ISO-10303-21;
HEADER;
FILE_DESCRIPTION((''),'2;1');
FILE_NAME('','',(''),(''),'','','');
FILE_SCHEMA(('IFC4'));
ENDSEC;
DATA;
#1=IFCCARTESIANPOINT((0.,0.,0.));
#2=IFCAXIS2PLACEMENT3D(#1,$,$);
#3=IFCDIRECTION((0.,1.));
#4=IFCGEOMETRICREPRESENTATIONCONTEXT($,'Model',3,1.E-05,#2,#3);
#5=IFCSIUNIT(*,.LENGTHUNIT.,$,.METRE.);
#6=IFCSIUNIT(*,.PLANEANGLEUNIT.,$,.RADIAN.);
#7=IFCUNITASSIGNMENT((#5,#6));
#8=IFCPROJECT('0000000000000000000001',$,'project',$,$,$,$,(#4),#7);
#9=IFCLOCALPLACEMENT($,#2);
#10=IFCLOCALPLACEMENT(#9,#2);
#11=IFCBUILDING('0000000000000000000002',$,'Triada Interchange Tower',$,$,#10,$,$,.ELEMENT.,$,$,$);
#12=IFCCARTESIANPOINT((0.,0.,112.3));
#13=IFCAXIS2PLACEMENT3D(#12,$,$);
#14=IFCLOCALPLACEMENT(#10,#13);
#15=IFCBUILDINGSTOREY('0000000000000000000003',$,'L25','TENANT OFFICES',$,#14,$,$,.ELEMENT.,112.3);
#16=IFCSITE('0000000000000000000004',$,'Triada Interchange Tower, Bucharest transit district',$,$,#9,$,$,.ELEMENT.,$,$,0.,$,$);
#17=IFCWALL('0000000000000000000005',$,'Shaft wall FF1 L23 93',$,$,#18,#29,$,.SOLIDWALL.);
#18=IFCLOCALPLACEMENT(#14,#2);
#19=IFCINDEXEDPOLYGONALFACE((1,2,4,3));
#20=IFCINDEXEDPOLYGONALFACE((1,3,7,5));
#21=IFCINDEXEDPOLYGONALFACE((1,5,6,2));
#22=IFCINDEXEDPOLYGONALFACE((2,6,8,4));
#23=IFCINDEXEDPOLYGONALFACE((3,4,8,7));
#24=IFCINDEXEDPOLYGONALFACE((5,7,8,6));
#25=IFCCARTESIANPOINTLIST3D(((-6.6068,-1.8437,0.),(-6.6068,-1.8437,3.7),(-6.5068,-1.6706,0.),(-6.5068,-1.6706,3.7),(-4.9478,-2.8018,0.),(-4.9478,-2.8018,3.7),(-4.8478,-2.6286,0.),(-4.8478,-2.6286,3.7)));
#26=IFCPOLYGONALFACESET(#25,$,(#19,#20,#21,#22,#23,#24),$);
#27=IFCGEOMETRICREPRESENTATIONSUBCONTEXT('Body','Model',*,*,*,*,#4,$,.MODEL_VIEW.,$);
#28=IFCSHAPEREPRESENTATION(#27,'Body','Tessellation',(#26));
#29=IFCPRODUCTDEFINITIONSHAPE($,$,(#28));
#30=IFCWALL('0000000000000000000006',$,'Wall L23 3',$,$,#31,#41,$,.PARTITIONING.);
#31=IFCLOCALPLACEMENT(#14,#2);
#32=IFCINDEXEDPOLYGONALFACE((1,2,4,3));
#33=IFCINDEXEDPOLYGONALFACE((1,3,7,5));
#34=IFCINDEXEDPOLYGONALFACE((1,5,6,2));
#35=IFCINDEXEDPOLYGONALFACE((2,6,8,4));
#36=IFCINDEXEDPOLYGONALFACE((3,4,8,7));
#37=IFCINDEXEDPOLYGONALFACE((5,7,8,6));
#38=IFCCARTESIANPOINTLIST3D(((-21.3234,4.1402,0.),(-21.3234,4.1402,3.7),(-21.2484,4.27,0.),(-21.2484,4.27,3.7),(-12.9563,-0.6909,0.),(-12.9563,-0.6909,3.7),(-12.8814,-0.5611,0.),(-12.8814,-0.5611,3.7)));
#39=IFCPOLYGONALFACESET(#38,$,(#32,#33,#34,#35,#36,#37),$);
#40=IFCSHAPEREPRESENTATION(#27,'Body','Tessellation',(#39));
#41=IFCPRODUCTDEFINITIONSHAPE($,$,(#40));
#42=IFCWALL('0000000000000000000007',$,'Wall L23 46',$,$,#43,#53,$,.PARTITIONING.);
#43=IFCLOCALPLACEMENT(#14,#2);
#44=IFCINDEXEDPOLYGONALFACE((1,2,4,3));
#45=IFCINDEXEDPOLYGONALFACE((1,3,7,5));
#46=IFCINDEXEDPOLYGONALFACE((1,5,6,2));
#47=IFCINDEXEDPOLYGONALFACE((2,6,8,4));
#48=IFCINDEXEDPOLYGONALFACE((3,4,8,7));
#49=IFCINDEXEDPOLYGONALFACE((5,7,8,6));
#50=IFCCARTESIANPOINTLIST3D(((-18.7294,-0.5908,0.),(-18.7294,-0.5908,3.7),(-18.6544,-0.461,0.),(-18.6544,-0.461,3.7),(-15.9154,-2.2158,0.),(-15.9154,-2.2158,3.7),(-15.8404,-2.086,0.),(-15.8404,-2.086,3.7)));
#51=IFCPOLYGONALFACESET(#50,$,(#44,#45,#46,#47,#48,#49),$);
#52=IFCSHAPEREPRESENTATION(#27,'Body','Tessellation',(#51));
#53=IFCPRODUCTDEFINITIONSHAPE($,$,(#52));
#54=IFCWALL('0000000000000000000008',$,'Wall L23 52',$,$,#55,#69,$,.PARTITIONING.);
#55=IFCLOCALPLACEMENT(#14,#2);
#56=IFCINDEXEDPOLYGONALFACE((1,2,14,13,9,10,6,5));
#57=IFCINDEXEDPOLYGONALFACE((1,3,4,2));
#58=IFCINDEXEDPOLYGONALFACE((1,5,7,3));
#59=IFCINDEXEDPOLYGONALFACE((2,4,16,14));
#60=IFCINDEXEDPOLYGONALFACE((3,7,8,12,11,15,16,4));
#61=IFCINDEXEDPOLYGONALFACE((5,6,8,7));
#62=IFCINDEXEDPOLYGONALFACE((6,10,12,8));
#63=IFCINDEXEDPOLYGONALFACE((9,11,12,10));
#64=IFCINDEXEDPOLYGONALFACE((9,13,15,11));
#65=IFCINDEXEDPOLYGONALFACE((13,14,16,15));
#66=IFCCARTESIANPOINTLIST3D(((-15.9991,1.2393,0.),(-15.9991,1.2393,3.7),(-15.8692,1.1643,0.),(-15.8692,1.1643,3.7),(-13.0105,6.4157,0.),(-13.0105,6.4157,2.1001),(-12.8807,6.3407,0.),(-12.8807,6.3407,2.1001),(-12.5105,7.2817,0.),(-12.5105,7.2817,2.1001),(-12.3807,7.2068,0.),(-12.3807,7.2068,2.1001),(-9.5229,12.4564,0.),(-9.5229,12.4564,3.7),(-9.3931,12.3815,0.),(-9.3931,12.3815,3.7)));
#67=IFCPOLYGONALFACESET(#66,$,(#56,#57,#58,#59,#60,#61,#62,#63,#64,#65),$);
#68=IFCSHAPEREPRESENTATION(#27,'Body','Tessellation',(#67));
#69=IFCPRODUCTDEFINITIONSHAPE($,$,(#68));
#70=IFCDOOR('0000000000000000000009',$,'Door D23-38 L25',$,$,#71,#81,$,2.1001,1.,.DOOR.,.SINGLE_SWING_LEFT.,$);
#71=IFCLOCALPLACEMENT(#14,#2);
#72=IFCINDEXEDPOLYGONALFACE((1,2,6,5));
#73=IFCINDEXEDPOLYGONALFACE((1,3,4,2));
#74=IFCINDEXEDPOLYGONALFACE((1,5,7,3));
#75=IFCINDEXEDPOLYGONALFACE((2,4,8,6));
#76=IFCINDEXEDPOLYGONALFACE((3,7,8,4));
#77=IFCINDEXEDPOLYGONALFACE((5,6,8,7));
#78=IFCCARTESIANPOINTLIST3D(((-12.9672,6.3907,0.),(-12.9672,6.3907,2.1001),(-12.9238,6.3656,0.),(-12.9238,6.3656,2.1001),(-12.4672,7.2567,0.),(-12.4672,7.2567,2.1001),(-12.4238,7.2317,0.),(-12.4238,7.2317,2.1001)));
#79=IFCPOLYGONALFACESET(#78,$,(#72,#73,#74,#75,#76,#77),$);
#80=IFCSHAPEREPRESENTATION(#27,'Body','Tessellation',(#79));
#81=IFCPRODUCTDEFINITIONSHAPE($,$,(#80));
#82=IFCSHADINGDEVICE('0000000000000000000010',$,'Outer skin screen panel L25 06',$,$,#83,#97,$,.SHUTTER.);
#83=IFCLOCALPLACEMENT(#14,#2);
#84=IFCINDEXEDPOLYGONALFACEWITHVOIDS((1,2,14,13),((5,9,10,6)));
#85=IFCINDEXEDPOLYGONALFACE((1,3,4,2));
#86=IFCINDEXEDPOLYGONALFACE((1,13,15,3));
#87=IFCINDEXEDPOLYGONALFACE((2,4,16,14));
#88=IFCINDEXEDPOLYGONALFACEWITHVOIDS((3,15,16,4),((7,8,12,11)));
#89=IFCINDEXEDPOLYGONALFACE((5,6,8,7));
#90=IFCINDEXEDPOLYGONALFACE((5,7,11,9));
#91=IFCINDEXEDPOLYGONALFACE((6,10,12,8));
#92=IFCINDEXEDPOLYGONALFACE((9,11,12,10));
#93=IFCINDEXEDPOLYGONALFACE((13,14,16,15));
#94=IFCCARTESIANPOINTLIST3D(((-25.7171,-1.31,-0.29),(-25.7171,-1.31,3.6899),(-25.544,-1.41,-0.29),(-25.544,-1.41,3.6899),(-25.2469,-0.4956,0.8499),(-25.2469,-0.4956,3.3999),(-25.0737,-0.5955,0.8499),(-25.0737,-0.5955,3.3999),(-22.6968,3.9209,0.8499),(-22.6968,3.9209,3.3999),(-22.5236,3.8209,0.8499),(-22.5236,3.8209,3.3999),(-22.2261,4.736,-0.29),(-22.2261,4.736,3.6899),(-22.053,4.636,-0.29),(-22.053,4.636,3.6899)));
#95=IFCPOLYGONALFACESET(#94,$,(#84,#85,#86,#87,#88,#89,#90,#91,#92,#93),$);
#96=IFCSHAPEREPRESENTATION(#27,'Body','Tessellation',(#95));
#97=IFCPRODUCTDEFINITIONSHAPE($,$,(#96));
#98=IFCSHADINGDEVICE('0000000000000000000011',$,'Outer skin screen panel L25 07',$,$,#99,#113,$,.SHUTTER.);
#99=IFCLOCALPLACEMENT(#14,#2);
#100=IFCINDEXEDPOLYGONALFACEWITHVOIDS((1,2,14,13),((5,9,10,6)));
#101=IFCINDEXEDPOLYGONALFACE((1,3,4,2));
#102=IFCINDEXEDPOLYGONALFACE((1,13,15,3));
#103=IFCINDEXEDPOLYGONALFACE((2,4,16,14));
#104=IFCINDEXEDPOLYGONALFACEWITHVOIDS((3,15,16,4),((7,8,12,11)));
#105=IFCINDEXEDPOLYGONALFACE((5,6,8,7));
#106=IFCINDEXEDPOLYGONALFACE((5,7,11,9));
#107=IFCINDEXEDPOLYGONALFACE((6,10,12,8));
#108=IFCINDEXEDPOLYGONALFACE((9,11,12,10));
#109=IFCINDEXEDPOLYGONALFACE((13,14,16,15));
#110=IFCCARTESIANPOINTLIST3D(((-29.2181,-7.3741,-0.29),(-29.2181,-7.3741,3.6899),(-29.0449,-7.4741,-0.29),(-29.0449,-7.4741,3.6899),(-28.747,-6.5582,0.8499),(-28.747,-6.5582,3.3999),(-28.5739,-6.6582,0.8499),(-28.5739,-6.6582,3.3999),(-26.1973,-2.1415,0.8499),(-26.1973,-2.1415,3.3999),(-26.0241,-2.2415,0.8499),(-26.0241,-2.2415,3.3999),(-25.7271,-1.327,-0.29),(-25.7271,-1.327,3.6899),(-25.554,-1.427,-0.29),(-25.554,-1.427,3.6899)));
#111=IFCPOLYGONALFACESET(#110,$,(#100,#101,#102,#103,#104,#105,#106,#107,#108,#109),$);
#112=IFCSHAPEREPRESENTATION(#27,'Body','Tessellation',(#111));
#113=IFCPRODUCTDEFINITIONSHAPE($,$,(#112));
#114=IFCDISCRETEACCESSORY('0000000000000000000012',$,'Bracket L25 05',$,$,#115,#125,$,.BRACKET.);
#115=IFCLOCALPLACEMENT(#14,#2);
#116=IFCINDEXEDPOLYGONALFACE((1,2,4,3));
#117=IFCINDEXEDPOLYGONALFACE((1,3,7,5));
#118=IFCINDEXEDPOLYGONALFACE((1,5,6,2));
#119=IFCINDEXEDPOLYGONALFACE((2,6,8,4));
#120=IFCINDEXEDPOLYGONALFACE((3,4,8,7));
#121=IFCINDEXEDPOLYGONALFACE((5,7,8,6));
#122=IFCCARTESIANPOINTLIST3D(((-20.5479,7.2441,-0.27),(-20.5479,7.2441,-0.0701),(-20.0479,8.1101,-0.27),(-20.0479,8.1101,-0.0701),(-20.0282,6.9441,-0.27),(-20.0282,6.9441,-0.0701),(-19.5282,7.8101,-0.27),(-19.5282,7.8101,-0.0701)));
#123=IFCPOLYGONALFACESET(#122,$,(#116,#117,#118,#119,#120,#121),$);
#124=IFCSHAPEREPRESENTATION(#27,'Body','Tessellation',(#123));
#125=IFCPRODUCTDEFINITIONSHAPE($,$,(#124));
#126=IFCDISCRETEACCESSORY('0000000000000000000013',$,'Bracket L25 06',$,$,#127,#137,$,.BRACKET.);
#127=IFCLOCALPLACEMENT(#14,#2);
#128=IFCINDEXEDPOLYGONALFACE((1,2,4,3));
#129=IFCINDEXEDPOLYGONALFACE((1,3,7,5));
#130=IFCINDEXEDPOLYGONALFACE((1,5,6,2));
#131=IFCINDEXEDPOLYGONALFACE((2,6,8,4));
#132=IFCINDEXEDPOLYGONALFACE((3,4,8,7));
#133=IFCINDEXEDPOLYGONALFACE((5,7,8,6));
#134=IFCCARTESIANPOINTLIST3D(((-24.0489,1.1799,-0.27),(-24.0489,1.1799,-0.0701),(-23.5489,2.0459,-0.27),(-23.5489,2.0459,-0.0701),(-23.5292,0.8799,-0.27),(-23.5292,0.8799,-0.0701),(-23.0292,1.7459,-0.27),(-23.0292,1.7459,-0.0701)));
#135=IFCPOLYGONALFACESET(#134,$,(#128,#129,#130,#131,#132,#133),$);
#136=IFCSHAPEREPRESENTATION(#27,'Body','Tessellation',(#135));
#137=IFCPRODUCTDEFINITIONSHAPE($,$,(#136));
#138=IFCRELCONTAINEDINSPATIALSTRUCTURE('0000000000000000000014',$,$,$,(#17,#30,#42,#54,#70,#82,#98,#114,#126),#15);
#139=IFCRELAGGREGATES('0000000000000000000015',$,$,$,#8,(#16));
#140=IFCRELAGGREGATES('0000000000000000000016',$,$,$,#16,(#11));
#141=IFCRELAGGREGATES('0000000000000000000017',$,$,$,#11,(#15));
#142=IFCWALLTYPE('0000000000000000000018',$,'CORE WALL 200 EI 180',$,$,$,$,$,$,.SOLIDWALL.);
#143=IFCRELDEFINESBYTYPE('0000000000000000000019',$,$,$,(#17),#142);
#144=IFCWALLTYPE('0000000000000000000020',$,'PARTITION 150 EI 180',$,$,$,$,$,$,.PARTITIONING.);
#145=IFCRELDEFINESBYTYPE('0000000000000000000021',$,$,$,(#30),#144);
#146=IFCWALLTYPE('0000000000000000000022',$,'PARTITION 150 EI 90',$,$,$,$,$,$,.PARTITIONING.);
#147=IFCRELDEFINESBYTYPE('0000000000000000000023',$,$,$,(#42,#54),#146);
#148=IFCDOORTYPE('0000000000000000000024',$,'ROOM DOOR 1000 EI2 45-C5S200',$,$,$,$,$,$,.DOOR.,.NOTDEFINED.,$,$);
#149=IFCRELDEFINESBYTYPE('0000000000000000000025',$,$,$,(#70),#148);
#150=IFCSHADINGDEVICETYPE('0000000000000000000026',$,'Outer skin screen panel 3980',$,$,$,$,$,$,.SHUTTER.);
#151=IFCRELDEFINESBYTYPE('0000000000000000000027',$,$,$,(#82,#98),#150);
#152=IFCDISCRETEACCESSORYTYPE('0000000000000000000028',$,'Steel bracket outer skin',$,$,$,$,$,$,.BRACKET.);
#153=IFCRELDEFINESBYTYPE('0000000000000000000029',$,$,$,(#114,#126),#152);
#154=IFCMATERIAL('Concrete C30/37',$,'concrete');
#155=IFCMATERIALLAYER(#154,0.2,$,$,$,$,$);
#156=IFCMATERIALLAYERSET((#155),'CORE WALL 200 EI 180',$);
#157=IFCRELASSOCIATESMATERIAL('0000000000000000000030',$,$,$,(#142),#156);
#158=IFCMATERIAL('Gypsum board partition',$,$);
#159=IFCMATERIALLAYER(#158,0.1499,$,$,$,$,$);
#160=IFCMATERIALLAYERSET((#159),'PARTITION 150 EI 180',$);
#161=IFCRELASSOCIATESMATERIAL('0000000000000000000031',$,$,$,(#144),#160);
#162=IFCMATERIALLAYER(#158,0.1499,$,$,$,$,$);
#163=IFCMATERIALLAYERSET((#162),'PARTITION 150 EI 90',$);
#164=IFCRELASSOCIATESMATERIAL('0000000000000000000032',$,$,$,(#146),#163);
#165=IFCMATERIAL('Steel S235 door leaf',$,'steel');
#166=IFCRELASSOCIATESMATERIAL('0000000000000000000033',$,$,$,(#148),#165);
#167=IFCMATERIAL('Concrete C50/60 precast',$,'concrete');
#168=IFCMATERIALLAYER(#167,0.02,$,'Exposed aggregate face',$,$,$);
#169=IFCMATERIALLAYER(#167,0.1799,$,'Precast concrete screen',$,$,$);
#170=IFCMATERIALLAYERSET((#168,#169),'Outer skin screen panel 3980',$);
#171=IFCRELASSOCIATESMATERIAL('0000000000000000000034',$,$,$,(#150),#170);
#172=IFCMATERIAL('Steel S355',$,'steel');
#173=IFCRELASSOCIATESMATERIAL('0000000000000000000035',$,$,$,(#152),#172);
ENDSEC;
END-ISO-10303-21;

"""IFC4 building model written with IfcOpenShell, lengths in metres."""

from ifc_helpers import new_model, si_unit, direction, frame, frame_2d, origin, origin_2d, place, context, subcontext, project, spatial, polyline, rectangle, outline, extrude, material, layer, layer_set, type_object, element, fill, save


model = new_model("IFC4")

# Units and contexts
model_context = context("Model", 3, precision=1e-05, world=origin(), true_north=direction((0.0, 1.0)))
body_context = subcontext(model_context, "Body", "Model", "MODEL_VIEW")
ifc_project = project(units=[si_unit("LENGTHUNIT", "METRE"), si_unit("PLANEANGLEUNIT", "RADIAN")], contexts=[model_context])

# Site, building, storey
site_placement = place(None, origin())
site = spatial("IfcSite", under=ifc_project, at=site_placement, Name="Triada Interchange Tower, Bucharest transit district", CompositionType="ELEMENT", RefElevation=0.0)
building_placement = place(site_placement, origin())
building = spatial("IfcBuilding", under=site, at=building_placement, Name="Triada Interchange Tower", CompositionType="ELEMENT")
storey_placement = place(building_placement, frame((0.0, 0.0, 112.3)))
storey = spatial("IfcBuildingStorey", under=building, at=storey_placement, Name="L25", Description="TENANT OFFICES", CompositionType="ELEMENT", Elevation=112.3)

# Shared definitions
ifc_material_1 = material(Name="Concrete C30/37", Category="concrete")

# Shared definitions
ifc_layer_1 = layer(ifc_material_1, 0.2)
ifc_layer_set_1 = layer_set([ifc_layer_1], Name="CORE WALL 200 EI 180")
wall_type_1 = type_object("IfcWallType", Name="CORE WALL 200 EI 180", PredefinedType="SOLIDWALL", material=ifc_layer_set_1)
ifc_material_2 = material(Name="Steel S235 door leaf", Category="steel")

# Walls
wall_1_placement = place(storey_placement, frame((-6.5569, -1.7571, 0.0), z_axis=(0.0, 0.0, 1.0), x_axis=(0.865975, -0.500086, 0.0)))
element("IfcWall", 1, at=wall_1_placement, inside=storey, type_object=wall_type_1, Name="Shaft wall FF1 L23 93", PredefinedType="SOLIDWALL", context=body_context, shape_type="SweptSolid", body=[
    extrude(rectangle(XDim=1.9158, YDim=0.2, at=frame_2d((0.958, 0.0))), origin(), (0.0, 0.0, 1.0), 3.7),
])
ifc_material_3 = material(Name="Gypsum board partition")
ifc_layer_2 = layer(ifc_material_3, 0.1499)
ifc_layer_set_2 = layer_set([ifc_layer_2], Name="PARTITION 150 EI 180")
wall_type_2 = type_object("IfcWallType", Name="PARTITION 150 EI 180", PredefinedType="PARTITIONING", material=ifc_layer_set_2)
wall_2_placement = place(storey_placement, frame((-21.2859, 4.2051, 0.0), z_axis=(0.0, 0.0, 1.0), x_axis=(0.866008, -0.500031, 0.0)))
element("IfcWall", 2, at=wall_2_placement, inside=storey, type_object=wall_type_2, Name="Wall L23 3", PredefinedType="PARTITIONING", context=body_context, shape_type="SweptSolid", body=[
    extrude(rectangle(XDim=9.6616, YDim=0.1499, at=frame_2d((4.8308, 0.0))), origin(), (0.0, 0.0, 1.0), 3.7),
])
ifc_layer_3 = layer(ifc_material_3, 0.1499)
ifc_layer_set_3 = layer_set([ifc_layer_3], Name="PARTITION 150 EI 90")
wall_type_3 = type_object("IfcWallType", Name="PARTITION 150 EI 90", PredefinedType="PARTITIONING", material=ifc_layer_set_3)
wall_3_placement = place(storey_placement, frame((-18.6919, -0.5259, 0.0), z_axis=(0.0, 0.0, 1.0), x_axis=(0.865978, -0.500082, 0.0)))
element("IfcWall", 3, at=wall_3_placement, inside=storey, type_object=wall_type_3, Name="Wall L23 46", PredefinedType="PARTITIONING", context=body_context, shape_type="SweptSolid", body=[
    extrude(rectangle(XDim=3.2495, YDim=0.1499, at=frame_2d((1.6248, 0.0))), origin(), (0.0, 0.0, 1.0), 3.7),
])

# Wall, opening, door
wall_4_placement = place(storey_placement, frame((-15.9341, 1.2019, 0.0), z_axis=(0.0, 0.0, 1.0), x_axis=(0.499995, 0.866028, 0.0)))
wall_4 = element("IfcWall", 4, at=wall_4_placement, inside=storey, type_object=wall_type_3, Name="Wall L23 52", PredefinedType="PARTITIONING", context=body_context, shape_type="SweptSolid", body=[
    extrude(rectangle(XDim=12.9524, YDim=0.1499, at=frame_2d((6.4761, 0.0))), origin(), (0.0, 0.0, 1.0), 3.7),
])
opening_1_placement = place(wall_4_placement, frame((5.9771, 0.0, 0.0)))
opening_1 = element("IfcOpeningElement", 5, at=opening_1_placement, cuts=wall_4, PredefinedType="OPENING", context=body_context, shape_type="SweptSolid", body=[
    extrude(rectangle(XDim=1.0, YDim=2.1001, at=frame_2d((0.5, 1.05))), frame((0.0, 0.085, 0.0), z_axis=(0.0, -1.0, 0.0), x_axis=(1.0, 0.0, 0.0)), (0.0, 0.0, 1.0), 0.1699),
])
door_type_1 = type_object("IfcDoorType", Name="ROOM DOOR 1000 EI2 45-C5S200", OperationType="NOTDEFINED", PredefinedType="DOOR", material=ifc_material_2)
door_1_placement = place(opening_1_placement, origin())
door_1 = element("IfcDoor", 6, at=door_1_placement, inside=storey, type_object=door_type_1, Name="Door D23-38 L25", OperationType="SINGLE_SWING_LEFT", OverallHeight=2.1001, OverallWidth=1.0, PredefinedType="DOOR", context=body_context, shape_type="SweptSolid", body=[
    extrude(rectangle(XDim=1.0, YDim=2.1001, at=frame_2d((0.5, 1.05))), frame((0.0, 0.0249, 0.0), z_axis=(0.0, -1.0, 0.0), x_axis=(1.0, 0.0, 0.0)), (0.0, 0.0, 1.0), 0.05),
])
fill(opening_1, door_1)

# Shading devices
ifc_material_4 = material(Name="Concrete C50/60 precast", Category="concrete")
ifc_layer_4 = layer(ifc_material_4, 0.02, Name="Exposed aggregate face")
ifc_layer_5 = layer(ifc_material_4, 0.1799, Name="Precast concrete screen")
ifc_layer_set_4 = layer_set([ifc_layer_4, ifc_layer_5], Name="Outer skin screen panel 3980")
shading_device_type = type_object("IfcShadingDeviceType", Name="Outer skin screen panel 3980", PredefinedType="SHUTTER", material=ifc_layer_set_4)
shading_device_1_placement = place(storey_placement, frame((-22.053, 4.636, -0.29), z_axis=(0.0, 0.0, 1.0), x_axis=(-0.500039, -0.866003, 0.0)))
element("IfcShadingDevice", 7, at=shading_device_1_placement, inside=storey, type_object=shading_device_type, Name="Outer skin screen panel L25 06", PredefinedType="SHUTTER", context=body_context, shape_type="SweptSolid", body=[
    extrude(outline(polyline([(0.0, 0.0), (6.9814, 0.0), (6.9814, 3.98), (0.0, 3.98), (0.0, 0.0)]), holes=[polyline([(0.9412, 1.1399), (0.9412, 3.6899), (6.041, 3.6899), (6.041, 1.1399), (0.9412, 1.1399)])]), frame((0.0, 0.0, 0.0), z_axis=(0.0, -1.0, 0.0), x_axis=(1.0, 0.0, 0.0)), (0.0, 0.0, 1.0), 0.2),
])
shading_device_2_placement = place(storey_placement, frame((-25.554, -1.427, -0.29), z_axis=(0.0, 0.0, 1.0), x_axis=(-0.499964, -0.866046, 0.0)))
element("IfcShadingDevice", 8, at=shading_device_2_placement, inside=storey, type_object=shading_device_type, Name="Outer skin screen panel L25 07", PredefinedType="SHUTTER", context=body_context, shape_type="SweptSolid", body=[
    extrude(outline(polyline([(0.0, 0.0), (6.9824, 0.0), (6.9824, 3.98), (0.0, 3.98), (0.0, 0.0)]), holes=[polyline([(0.9404, 1.1399), (0.9404, 3.6899), (6.0403, 3.6899), (6.0403, 1.1399), (0.9404, 1.1399)])]), frame((0.0, 0.0, 0.0), z_axis=(0.0, -1.0, 0.0), x_axis=(1.0, 0.0, 0.0)), (0.0, 0.0, 1.0), 0.2),
])

# Discrete accessories
ifc_material_5 = material(Name="Steel S355", Category="steel")
discrete_accessory_type = type_object("IfcDiscreteAccessoryType", Name="Steel bracket outer skin", PredefinedType="BRACKET", material=ifc_material_5)
for number, where, z_axis, x_axis, name in (
    (9, (-20.0381, 7.5271, -0.27), (0.0, 0.0, 1.0), (-0.866022, 0.500006, 0.0), "Bracket L25 05"),
    (10, (-23.5391, 1.4629, -0.27), (0.0, 0.0, 1.0), (-0.866022, 0.500006, 0.0), "Bracket L25 06"),
):
    element("IfcDiscreteAccessory", number, at=place(storey_placement, frame(where, z_axis=z_axis, x_axis=x_axis)), inside=storey, type_object=discrete_accessory_type, Name=name, PredefinedType="BRACKET", context=body_context, shape_type="SweptSolid", body=[
        extrude(rectangle(XDim=0.6001, YDim=1.0, at=origin_2d()), origin(), (0.0, 0.0, 1.0), 0.2),
    ])

save(model, "model.ifc")
